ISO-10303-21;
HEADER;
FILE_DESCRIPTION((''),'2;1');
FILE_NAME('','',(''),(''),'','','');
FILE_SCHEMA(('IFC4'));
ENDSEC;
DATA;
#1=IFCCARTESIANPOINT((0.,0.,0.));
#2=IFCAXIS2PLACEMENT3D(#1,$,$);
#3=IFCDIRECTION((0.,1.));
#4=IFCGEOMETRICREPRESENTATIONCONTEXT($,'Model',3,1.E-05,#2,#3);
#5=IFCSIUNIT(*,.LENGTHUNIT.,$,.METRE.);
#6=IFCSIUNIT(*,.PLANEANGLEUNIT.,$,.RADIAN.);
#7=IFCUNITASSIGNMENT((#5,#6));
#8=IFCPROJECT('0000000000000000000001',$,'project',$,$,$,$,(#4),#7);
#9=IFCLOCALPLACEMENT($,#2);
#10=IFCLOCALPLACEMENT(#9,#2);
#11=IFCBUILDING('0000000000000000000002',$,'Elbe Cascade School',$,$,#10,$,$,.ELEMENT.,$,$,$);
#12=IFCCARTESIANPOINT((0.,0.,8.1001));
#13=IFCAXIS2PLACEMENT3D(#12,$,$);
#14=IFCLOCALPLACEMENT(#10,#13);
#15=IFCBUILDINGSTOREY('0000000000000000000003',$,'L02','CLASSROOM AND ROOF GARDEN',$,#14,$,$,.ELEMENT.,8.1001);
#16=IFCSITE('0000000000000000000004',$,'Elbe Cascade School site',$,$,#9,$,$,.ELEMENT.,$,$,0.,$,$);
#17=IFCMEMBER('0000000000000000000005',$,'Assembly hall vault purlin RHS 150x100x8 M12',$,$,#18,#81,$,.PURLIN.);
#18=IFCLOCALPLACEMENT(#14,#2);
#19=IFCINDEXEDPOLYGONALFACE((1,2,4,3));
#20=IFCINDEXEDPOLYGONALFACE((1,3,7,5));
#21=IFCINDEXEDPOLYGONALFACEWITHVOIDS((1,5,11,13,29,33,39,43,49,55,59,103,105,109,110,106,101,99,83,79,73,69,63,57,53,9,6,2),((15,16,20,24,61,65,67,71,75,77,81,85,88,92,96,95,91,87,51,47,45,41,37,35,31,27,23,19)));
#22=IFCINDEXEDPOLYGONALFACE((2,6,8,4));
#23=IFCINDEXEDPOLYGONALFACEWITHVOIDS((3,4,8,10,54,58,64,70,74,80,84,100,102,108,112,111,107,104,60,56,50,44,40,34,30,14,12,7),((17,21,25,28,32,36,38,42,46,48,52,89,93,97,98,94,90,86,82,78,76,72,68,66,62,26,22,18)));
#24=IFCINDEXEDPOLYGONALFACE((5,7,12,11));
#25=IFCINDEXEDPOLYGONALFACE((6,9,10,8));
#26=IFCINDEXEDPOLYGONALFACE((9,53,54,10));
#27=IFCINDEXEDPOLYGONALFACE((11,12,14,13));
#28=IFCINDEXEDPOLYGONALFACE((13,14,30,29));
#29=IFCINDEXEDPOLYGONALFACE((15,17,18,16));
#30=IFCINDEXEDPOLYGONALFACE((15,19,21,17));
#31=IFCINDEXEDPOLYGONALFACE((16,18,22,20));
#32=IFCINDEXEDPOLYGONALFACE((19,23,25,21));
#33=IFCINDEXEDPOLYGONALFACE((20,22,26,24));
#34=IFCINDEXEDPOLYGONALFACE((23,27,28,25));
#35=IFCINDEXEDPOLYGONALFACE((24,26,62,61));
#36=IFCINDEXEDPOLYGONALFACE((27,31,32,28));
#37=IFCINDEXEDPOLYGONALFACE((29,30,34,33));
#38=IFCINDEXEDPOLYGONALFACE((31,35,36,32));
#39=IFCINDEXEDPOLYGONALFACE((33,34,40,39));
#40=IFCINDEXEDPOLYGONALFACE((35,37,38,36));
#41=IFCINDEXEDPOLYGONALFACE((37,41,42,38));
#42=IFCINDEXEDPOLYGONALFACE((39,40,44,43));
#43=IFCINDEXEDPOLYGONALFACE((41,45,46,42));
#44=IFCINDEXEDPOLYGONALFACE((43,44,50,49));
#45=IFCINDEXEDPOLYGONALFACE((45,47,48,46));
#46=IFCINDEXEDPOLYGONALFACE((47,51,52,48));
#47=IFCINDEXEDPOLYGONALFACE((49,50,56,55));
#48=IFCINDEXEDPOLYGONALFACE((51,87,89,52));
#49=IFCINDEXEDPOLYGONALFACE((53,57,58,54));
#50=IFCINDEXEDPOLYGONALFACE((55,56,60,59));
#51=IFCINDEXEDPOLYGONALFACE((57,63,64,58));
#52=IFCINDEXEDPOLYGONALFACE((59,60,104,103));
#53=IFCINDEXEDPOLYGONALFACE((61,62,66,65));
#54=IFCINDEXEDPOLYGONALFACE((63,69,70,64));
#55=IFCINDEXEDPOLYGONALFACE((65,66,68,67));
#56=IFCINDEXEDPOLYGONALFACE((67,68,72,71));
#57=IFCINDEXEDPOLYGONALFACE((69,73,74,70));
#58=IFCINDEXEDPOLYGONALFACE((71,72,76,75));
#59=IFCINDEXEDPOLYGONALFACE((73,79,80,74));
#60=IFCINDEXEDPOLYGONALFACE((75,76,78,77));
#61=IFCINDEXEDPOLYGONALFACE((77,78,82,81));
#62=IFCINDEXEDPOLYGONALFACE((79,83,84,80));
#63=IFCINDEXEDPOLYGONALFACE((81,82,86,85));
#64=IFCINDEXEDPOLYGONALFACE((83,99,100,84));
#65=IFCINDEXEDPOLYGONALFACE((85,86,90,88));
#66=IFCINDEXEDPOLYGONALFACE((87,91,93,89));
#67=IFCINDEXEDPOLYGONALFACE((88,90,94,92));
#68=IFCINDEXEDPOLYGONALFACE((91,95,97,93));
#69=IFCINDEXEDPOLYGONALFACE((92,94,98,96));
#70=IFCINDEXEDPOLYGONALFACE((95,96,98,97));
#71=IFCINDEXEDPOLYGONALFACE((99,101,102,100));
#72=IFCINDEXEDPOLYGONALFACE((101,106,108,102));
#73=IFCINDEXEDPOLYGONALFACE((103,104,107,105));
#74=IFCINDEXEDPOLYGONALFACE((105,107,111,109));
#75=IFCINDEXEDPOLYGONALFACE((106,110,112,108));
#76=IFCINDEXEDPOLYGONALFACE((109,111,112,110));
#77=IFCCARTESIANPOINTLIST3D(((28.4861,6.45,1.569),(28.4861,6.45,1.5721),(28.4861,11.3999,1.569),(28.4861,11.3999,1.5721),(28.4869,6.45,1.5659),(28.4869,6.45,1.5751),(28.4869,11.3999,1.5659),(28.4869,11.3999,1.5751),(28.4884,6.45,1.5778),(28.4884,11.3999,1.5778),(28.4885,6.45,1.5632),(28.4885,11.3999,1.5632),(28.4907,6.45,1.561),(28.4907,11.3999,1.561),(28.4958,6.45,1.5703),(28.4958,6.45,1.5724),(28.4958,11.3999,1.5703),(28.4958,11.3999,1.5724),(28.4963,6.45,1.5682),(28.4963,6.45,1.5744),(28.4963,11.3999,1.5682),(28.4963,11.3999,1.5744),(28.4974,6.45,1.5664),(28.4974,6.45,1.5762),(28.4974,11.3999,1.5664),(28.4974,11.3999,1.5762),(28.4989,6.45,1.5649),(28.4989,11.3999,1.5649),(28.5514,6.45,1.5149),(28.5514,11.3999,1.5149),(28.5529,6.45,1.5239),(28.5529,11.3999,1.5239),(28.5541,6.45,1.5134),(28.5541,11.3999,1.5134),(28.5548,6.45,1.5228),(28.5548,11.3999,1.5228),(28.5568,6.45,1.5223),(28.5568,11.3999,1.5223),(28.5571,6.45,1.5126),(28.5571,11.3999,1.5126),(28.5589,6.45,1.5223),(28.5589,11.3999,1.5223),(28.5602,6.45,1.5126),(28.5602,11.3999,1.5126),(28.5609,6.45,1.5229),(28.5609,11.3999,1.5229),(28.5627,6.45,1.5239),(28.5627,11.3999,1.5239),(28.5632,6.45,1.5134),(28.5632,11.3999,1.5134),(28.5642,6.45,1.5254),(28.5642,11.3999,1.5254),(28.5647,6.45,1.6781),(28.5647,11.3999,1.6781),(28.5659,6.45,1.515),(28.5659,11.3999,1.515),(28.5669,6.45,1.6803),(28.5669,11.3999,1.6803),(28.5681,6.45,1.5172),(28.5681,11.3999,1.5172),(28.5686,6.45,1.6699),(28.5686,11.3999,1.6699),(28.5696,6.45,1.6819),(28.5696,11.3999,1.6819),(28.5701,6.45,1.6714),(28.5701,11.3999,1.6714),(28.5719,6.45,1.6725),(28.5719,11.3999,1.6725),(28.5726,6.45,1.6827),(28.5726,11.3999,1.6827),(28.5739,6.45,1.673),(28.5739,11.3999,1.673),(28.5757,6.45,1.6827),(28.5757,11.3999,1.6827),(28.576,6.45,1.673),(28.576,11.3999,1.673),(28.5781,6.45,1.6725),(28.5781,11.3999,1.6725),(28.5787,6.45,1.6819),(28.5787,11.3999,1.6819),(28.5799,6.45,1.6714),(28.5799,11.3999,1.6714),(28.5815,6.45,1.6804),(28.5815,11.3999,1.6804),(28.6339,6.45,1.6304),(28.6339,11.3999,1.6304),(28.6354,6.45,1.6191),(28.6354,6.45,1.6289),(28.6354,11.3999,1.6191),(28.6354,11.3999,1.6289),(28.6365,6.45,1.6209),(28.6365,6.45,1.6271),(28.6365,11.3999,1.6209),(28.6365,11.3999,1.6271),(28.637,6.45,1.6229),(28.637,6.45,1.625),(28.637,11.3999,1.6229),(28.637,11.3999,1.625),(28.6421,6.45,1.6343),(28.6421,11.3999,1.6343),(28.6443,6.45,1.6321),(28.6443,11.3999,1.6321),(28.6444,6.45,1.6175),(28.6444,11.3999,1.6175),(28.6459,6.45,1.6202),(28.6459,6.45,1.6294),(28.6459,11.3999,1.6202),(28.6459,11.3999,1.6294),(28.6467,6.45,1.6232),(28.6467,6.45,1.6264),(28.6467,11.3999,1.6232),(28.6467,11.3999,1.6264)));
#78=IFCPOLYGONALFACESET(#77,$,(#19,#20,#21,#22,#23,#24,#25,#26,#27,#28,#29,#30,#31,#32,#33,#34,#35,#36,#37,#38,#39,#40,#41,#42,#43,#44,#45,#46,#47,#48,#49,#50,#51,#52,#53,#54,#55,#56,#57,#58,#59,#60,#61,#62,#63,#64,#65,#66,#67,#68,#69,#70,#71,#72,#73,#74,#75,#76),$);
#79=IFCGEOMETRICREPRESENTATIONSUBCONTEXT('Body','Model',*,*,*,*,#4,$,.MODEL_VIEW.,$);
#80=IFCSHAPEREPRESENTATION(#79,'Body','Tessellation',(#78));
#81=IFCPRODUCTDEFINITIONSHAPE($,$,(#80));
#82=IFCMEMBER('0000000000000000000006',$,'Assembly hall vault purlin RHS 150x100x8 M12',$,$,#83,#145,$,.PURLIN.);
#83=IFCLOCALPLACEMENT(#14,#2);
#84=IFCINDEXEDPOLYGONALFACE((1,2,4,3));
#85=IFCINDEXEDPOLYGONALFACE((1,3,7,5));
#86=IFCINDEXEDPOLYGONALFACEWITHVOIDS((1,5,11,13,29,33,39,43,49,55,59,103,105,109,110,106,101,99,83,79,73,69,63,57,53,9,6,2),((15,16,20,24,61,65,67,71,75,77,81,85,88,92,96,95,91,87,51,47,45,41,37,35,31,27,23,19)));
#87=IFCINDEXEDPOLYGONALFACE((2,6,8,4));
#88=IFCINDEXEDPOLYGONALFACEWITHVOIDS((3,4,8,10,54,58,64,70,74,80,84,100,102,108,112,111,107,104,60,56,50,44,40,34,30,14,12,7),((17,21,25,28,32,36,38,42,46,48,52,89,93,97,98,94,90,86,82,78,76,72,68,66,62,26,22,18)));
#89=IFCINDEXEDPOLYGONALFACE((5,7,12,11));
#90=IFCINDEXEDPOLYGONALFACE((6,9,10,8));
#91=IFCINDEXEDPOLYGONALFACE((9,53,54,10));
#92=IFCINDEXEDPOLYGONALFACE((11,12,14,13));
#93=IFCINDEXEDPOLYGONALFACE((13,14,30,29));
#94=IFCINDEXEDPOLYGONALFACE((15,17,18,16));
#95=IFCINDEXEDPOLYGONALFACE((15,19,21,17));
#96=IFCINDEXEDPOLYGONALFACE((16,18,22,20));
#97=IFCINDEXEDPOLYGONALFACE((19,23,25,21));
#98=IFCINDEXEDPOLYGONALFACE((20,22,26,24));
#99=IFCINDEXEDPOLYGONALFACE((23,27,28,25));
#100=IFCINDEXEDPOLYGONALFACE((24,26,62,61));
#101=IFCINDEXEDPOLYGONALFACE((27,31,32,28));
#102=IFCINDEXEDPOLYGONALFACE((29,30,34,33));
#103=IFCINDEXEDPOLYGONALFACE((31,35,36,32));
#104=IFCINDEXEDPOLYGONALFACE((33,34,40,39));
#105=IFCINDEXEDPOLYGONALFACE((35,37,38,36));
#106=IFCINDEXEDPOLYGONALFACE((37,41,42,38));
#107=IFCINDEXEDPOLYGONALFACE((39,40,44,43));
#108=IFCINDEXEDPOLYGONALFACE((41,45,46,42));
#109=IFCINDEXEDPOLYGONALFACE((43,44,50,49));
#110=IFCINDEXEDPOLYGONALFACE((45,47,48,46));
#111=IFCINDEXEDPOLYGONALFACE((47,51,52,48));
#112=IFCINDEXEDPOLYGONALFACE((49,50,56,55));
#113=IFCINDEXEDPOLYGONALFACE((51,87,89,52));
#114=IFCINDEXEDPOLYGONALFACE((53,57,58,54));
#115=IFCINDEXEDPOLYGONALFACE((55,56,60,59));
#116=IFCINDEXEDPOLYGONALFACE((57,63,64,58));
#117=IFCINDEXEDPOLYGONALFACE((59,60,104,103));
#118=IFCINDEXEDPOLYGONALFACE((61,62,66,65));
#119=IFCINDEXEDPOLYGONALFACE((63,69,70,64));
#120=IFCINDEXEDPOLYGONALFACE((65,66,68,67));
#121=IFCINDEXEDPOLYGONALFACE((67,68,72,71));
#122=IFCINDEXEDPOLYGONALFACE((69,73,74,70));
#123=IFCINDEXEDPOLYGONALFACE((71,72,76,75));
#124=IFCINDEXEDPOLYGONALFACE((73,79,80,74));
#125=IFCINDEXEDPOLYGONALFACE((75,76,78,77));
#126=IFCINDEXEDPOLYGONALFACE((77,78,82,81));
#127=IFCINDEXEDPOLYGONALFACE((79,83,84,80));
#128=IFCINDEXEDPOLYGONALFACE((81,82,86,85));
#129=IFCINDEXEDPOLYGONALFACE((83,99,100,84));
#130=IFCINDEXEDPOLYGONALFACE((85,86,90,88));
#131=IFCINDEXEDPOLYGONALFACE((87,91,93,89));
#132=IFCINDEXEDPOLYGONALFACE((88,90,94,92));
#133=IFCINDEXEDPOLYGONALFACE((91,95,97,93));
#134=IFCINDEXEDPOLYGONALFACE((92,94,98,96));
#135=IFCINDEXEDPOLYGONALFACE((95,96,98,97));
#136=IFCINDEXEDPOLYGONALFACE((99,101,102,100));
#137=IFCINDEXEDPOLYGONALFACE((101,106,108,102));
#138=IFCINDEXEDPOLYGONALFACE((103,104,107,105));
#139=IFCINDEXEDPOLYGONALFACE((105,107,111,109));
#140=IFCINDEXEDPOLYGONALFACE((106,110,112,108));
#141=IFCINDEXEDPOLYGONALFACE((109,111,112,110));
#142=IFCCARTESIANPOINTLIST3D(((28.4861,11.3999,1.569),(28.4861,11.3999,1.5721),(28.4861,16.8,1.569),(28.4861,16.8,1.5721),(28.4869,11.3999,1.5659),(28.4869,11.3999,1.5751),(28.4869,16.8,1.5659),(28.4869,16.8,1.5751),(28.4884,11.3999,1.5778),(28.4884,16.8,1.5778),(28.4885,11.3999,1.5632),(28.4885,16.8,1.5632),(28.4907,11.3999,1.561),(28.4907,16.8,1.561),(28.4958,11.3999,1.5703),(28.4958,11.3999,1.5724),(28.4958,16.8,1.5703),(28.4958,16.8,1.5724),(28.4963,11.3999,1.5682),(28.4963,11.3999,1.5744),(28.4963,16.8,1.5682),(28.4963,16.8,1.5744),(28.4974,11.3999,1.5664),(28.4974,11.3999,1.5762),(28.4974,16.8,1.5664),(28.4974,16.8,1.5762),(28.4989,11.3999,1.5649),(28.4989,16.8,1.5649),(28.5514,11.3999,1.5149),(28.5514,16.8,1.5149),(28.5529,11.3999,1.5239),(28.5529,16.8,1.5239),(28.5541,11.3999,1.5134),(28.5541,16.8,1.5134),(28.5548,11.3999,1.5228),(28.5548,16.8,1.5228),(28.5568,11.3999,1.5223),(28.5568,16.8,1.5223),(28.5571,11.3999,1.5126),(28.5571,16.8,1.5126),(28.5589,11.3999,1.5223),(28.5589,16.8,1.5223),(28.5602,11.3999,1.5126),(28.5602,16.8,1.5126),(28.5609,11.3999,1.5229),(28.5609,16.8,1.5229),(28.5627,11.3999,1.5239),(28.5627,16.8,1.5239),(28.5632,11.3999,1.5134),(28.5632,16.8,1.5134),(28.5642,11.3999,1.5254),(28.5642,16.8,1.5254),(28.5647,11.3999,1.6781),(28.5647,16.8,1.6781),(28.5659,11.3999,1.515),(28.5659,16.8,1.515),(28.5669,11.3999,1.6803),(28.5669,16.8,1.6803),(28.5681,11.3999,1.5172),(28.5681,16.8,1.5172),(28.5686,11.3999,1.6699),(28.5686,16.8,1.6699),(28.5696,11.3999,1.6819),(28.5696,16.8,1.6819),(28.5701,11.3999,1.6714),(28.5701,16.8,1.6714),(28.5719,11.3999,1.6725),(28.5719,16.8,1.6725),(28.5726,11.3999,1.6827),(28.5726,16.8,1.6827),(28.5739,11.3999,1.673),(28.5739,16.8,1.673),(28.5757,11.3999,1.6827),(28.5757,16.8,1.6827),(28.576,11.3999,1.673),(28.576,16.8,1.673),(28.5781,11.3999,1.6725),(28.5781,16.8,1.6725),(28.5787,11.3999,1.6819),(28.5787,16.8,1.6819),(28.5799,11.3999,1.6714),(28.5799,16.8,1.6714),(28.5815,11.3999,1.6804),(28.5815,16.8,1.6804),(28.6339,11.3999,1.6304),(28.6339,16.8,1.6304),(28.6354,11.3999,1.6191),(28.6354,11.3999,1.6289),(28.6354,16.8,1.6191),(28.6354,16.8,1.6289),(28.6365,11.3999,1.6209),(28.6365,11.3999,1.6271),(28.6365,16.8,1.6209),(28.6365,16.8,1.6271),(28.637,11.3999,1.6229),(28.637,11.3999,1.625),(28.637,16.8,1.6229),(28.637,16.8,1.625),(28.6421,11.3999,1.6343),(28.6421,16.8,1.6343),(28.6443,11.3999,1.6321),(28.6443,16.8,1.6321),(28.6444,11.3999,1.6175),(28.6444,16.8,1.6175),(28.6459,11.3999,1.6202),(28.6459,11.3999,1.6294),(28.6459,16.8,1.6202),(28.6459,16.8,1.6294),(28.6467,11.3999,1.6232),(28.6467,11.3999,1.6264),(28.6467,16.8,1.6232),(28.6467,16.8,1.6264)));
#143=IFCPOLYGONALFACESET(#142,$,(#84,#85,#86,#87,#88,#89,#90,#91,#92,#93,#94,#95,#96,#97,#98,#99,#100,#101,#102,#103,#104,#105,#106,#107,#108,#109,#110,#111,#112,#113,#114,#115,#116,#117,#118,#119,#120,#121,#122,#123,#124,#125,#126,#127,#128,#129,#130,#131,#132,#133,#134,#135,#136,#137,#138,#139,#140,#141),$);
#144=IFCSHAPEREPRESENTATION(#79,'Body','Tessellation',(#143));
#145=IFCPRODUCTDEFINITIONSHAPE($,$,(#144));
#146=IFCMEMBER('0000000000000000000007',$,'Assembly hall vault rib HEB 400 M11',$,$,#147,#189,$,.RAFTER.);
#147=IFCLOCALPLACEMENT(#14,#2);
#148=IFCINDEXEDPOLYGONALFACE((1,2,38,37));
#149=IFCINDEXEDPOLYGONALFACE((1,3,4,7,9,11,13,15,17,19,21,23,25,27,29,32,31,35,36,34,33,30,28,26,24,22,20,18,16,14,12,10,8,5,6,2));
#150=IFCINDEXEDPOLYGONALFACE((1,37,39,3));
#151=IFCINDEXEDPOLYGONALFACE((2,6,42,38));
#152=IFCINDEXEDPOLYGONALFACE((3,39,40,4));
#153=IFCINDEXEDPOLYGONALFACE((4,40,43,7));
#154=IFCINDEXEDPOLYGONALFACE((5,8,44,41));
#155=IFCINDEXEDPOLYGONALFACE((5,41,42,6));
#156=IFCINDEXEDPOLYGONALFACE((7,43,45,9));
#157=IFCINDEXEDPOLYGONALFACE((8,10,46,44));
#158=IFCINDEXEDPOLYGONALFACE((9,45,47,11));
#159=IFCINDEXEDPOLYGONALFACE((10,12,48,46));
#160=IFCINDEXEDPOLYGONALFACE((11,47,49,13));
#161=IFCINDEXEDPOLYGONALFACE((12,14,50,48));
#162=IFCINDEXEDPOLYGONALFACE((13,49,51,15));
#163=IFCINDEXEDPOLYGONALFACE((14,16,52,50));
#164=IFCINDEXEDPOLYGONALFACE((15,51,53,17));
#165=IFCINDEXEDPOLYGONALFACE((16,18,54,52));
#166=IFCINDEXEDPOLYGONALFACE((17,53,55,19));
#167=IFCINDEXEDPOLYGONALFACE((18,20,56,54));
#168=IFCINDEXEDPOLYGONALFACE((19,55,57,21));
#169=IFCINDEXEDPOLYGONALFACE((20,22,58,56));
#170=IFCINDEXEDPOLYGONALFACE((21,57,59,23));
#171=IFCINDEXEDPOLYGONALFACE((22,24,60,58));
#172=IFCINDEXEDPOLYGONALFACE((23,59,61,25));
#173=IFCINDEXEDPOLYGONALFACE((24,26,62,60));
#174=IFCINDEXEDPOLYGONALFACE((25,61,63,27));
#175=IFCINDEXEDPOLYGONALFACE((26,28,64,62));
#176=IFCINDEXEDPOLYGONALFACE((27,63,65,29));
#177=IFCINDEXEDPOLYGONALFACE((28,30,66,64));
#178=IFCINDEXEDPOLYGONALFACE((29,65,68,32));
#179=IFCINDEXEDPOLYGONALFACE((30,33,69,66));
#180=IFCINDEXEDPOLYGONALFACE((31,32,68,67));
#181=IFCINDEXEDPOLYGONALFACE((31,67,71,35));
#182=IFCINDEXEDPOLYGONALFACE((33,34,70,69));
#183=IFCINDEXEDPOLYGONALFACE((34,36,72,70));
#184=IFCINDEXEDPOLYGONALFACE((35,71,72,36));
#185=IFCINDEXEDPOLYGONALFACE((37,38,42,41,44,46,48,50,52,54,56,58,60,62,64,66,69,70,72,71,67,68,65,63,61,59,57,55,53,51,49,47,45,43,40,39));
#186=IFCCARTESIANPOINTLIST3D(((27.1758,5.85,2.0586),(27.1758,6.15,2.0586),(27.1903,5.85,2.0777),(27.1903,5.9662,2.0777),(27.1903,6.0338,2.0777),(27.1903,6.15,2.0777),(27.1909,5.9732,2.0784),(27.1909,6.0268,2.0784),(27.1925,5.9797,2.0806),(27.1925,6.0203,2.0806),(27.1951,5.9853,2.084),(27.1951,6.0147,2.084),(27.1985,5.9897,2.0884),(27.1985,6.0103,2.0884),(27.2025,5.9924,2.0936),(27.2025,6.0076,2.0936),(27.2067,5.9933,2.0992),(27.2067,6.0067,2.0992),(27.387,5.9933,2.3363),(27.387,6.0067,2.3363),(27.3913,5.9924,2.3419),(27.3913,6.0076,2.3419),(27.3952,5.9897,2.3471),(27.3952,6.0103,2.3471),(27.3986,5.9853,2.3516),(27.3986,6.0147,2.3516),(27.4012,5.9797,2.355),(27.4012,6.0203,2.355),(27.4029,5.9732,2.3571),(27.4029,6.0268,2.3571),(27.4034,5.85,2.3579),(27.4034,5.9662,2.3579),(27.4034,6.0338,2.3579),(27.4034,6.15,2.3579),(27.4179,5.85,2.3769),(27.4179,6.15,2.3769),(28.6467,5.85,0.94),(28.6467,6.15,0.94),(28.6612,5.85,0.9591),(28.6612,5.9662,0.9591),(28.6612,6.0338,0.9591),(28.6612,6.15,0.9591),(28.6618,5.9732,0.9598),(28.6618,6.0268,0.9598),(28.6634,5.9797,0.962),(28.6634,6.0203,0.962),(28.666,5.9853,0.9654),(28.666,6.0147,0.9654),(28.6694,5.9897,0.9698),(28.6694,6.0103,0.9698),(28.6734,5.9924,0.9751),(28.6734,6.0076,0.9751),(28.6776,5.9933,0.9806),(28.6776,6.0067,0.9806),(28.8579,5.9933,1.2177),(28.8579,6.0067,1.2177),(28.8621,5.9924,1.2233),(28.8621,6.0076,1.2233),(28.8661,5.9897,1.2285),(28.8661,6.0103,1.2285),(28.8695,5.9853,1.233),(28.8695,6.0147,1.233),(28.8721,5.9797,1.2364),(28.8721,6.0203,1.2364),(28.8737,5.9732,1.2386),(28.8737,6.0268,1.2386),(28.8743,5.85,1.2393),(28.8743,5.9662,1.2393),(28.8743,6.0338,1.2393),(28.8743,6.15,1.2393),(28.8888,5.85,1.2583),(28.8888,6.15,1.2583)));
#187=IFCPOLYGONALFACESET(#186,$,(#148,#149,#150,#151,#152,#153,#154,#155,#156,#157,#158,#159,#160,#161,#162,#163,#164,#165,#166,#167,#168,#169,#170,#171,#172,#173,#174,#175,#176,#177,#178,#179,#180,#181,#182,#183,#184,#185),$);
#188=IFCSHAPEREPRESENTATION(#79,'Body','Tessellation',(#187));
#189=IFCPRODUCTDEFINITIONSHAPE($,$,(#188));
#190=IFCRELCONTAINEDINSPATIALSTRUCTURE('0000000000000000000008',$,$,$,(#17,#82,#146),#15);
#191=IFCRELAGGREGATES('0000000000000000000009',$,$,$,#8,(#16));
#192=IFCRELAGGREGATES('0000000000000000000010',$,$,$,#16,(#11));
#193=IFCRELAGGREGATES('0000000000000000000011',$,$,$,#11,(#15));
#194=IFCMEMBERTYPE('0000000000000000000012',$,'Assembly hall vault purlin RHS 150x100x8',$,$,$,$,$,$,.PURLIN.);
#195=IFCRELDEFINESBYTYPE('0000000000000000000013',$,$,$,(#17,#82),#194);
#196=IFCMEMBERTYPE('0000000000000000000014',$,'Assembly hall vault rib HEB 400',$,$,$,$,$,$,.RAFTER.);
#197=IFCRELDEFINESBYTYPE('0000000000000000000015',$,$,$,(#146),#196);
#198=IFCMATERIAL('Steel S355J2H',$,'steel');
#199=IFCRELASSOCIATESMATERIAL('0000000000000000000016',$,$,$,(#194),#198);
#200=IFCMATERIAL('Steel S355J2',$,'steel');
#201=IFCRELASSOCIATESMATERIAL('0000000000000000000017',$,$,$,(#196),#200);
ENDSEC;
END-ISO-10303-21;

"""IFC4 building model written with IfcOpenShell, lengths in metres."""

from ifc_helpers import new_model, si_unit, direction, frame, origin, origin_2d, place, context, subcontext, project, spatial, hollow_rectangle, i_section, extrude, material, material_profile, profile_set, type_object, element, save


model = new_model("IFC4")

# Units and contexts
model_context = context("Model", 3, precision=1e-05, world=origin(), true_north=direction((0.0, 1.0)))
body_context = subcontext(model_context, "Body", "Model", "MODEL_VIEW")
ifc_project = project(units=[si_unit("LENGTHUNIT", "METRE"), si_unit("PLANEANGLEUNIT", "RADIAN")], contexts=[model_context])

# Site, building, storey
site_placement = place(None, origin())
site = spatial("IfcSite", under=ifc_project, at=site_placement, Name="Elbe Cascade School site", CompositionType="ELEMENT", RefElevation=0.0)
building_placement = place(site_placement, origin())
building = spatial("IfcBuilding", under=site, at=building_placement, Name="Elbe Cascade School", CompositionType="ELEMENT")
storey_placement = place(building_placement, frame((0.0, 0.0, 8.1001)))
storey = spatial("IfcBuildingStorey", under=building, at=storey_placement, Name="L02", Description="CLASSROOM AND ROOF GARDEN", CompositionType="ELEMENT", Elevation=8.1001)

# Members
ifc_material_1 = material(Name="Steel S355J2H", Category="steel")
ifc_material_profile_1 = material_profile(ifc_material_1, hollow_rectangle(XDim=0.1001, YDim=0.1499, WallThickness=0.0081, InnerFilletRadius=0.0081, OuterFilletRadius=0.012, at=origin_2d()), Name="RHS 150x100x8")
ifc_profile_set_1 = profile_set([ifc_material_profile_1], Name="Steel S355J2H")
member_type_1 = type_object("IfcMemberType", Name="Assembly hall vault purlin RHS 150x100x8", PredefinedType="PURLIN", material=ifc_profile_set_1)
member_1_placement = place(storey_placement, frame((28.5664, 6.45, 1.5977), z_axis=(0.0, 1.0, 0.0), x_axis=(-0.795996, 0.0, 0.605302)))
element("IfcMember", 1, at=member_1_placement, inside=storey, type_object=member_type_1, Name="Assembly hall vault purlin RHS 150x100x8 M12", PredefinedType="PURLIN", context=body_context, shape_type="SweptSolid", body=[
    extrude(hollow_rectangle(XDim=0.1001, YDim=0.1499, WallThickness=0.0081, InnerFilletRadius=0.0081, OuterFilletRadius=0.012, at=origin_2d()), origin(), (0.0, 0.0, 1.0), 4.95),
])
member_2_placement = place(storey_placement, frame((28.5664, 11.3999, 1.5977), z_axis=(0.0, 1.0, 0.0), x_axis=(-0.795996, 0.0, 0.605302)))
element("IfcMember", 2, at=member_2_placement, inside=storey, type_object=member_type_1, Name="Assembly hall vault purlin RHS 150x100x8 M12", PredefinedType="PURLIN", context=body_context, shape_type="SweptSolid", body=[
    extrude(hollow_rectangle(XDim=0.1001, YDim=0.1499, WallThickness=0.0081, InnerFilletRadius=0.0081, OuterFilletRadius=0.012, at=origin_2d()), origin(), (0.0, 0.0, 1.0), 5.4001),
])
ifc_material_2 = material(Name="Steel S355J2", Category="steel")
ifc_material_profile_2 = material_profile(ifc_material_2, i_section(OverallWidth=0.3, OverallDepth=0.3999, WebThickness=0.0134, FlangeThickness=0.0239, FilletRadius=0.0271, at=origin_2d()), Name="HEB 400")
ifc_profile_set_2 = profile_set([ifc_material_profile_2], Name="Steel S355J2")
member_type_2 = type_object("IfcMemberType", Name="Assembly hall vault rib HEB 400", PredefinedType="RAFTER", material=ifc_profile_set_2)
for number, where, z_axis, x_axis, name in (
    (3, (27.2969, 6.0, 2.2178), (0.795971, 0.0, -0.605334), (0.0, 1.0, 0.0), "Assembly hall vault rib HEB 400 M11"),
):
    element("IfcMember", number, at=place(storey_placement, frame(where, z_axis=z_axis, x_axis=x_axis)), inside=storey, type_object=member_type_2, Name=name, PredefinedType="RAFTER", context=body_context, shape_type="SweptSolid", body=[
        extrude(i_section(OverallWidth=0.3, OverallDepth=0.3999, WebThickness=0.0134, FlangeThickness=0.0239, FilletRadius=0.0271, at=origin_2d()), origin(), (0.0, 0.0, 1.0), 1.8479),
    ])

save(model, "model.ifc")
